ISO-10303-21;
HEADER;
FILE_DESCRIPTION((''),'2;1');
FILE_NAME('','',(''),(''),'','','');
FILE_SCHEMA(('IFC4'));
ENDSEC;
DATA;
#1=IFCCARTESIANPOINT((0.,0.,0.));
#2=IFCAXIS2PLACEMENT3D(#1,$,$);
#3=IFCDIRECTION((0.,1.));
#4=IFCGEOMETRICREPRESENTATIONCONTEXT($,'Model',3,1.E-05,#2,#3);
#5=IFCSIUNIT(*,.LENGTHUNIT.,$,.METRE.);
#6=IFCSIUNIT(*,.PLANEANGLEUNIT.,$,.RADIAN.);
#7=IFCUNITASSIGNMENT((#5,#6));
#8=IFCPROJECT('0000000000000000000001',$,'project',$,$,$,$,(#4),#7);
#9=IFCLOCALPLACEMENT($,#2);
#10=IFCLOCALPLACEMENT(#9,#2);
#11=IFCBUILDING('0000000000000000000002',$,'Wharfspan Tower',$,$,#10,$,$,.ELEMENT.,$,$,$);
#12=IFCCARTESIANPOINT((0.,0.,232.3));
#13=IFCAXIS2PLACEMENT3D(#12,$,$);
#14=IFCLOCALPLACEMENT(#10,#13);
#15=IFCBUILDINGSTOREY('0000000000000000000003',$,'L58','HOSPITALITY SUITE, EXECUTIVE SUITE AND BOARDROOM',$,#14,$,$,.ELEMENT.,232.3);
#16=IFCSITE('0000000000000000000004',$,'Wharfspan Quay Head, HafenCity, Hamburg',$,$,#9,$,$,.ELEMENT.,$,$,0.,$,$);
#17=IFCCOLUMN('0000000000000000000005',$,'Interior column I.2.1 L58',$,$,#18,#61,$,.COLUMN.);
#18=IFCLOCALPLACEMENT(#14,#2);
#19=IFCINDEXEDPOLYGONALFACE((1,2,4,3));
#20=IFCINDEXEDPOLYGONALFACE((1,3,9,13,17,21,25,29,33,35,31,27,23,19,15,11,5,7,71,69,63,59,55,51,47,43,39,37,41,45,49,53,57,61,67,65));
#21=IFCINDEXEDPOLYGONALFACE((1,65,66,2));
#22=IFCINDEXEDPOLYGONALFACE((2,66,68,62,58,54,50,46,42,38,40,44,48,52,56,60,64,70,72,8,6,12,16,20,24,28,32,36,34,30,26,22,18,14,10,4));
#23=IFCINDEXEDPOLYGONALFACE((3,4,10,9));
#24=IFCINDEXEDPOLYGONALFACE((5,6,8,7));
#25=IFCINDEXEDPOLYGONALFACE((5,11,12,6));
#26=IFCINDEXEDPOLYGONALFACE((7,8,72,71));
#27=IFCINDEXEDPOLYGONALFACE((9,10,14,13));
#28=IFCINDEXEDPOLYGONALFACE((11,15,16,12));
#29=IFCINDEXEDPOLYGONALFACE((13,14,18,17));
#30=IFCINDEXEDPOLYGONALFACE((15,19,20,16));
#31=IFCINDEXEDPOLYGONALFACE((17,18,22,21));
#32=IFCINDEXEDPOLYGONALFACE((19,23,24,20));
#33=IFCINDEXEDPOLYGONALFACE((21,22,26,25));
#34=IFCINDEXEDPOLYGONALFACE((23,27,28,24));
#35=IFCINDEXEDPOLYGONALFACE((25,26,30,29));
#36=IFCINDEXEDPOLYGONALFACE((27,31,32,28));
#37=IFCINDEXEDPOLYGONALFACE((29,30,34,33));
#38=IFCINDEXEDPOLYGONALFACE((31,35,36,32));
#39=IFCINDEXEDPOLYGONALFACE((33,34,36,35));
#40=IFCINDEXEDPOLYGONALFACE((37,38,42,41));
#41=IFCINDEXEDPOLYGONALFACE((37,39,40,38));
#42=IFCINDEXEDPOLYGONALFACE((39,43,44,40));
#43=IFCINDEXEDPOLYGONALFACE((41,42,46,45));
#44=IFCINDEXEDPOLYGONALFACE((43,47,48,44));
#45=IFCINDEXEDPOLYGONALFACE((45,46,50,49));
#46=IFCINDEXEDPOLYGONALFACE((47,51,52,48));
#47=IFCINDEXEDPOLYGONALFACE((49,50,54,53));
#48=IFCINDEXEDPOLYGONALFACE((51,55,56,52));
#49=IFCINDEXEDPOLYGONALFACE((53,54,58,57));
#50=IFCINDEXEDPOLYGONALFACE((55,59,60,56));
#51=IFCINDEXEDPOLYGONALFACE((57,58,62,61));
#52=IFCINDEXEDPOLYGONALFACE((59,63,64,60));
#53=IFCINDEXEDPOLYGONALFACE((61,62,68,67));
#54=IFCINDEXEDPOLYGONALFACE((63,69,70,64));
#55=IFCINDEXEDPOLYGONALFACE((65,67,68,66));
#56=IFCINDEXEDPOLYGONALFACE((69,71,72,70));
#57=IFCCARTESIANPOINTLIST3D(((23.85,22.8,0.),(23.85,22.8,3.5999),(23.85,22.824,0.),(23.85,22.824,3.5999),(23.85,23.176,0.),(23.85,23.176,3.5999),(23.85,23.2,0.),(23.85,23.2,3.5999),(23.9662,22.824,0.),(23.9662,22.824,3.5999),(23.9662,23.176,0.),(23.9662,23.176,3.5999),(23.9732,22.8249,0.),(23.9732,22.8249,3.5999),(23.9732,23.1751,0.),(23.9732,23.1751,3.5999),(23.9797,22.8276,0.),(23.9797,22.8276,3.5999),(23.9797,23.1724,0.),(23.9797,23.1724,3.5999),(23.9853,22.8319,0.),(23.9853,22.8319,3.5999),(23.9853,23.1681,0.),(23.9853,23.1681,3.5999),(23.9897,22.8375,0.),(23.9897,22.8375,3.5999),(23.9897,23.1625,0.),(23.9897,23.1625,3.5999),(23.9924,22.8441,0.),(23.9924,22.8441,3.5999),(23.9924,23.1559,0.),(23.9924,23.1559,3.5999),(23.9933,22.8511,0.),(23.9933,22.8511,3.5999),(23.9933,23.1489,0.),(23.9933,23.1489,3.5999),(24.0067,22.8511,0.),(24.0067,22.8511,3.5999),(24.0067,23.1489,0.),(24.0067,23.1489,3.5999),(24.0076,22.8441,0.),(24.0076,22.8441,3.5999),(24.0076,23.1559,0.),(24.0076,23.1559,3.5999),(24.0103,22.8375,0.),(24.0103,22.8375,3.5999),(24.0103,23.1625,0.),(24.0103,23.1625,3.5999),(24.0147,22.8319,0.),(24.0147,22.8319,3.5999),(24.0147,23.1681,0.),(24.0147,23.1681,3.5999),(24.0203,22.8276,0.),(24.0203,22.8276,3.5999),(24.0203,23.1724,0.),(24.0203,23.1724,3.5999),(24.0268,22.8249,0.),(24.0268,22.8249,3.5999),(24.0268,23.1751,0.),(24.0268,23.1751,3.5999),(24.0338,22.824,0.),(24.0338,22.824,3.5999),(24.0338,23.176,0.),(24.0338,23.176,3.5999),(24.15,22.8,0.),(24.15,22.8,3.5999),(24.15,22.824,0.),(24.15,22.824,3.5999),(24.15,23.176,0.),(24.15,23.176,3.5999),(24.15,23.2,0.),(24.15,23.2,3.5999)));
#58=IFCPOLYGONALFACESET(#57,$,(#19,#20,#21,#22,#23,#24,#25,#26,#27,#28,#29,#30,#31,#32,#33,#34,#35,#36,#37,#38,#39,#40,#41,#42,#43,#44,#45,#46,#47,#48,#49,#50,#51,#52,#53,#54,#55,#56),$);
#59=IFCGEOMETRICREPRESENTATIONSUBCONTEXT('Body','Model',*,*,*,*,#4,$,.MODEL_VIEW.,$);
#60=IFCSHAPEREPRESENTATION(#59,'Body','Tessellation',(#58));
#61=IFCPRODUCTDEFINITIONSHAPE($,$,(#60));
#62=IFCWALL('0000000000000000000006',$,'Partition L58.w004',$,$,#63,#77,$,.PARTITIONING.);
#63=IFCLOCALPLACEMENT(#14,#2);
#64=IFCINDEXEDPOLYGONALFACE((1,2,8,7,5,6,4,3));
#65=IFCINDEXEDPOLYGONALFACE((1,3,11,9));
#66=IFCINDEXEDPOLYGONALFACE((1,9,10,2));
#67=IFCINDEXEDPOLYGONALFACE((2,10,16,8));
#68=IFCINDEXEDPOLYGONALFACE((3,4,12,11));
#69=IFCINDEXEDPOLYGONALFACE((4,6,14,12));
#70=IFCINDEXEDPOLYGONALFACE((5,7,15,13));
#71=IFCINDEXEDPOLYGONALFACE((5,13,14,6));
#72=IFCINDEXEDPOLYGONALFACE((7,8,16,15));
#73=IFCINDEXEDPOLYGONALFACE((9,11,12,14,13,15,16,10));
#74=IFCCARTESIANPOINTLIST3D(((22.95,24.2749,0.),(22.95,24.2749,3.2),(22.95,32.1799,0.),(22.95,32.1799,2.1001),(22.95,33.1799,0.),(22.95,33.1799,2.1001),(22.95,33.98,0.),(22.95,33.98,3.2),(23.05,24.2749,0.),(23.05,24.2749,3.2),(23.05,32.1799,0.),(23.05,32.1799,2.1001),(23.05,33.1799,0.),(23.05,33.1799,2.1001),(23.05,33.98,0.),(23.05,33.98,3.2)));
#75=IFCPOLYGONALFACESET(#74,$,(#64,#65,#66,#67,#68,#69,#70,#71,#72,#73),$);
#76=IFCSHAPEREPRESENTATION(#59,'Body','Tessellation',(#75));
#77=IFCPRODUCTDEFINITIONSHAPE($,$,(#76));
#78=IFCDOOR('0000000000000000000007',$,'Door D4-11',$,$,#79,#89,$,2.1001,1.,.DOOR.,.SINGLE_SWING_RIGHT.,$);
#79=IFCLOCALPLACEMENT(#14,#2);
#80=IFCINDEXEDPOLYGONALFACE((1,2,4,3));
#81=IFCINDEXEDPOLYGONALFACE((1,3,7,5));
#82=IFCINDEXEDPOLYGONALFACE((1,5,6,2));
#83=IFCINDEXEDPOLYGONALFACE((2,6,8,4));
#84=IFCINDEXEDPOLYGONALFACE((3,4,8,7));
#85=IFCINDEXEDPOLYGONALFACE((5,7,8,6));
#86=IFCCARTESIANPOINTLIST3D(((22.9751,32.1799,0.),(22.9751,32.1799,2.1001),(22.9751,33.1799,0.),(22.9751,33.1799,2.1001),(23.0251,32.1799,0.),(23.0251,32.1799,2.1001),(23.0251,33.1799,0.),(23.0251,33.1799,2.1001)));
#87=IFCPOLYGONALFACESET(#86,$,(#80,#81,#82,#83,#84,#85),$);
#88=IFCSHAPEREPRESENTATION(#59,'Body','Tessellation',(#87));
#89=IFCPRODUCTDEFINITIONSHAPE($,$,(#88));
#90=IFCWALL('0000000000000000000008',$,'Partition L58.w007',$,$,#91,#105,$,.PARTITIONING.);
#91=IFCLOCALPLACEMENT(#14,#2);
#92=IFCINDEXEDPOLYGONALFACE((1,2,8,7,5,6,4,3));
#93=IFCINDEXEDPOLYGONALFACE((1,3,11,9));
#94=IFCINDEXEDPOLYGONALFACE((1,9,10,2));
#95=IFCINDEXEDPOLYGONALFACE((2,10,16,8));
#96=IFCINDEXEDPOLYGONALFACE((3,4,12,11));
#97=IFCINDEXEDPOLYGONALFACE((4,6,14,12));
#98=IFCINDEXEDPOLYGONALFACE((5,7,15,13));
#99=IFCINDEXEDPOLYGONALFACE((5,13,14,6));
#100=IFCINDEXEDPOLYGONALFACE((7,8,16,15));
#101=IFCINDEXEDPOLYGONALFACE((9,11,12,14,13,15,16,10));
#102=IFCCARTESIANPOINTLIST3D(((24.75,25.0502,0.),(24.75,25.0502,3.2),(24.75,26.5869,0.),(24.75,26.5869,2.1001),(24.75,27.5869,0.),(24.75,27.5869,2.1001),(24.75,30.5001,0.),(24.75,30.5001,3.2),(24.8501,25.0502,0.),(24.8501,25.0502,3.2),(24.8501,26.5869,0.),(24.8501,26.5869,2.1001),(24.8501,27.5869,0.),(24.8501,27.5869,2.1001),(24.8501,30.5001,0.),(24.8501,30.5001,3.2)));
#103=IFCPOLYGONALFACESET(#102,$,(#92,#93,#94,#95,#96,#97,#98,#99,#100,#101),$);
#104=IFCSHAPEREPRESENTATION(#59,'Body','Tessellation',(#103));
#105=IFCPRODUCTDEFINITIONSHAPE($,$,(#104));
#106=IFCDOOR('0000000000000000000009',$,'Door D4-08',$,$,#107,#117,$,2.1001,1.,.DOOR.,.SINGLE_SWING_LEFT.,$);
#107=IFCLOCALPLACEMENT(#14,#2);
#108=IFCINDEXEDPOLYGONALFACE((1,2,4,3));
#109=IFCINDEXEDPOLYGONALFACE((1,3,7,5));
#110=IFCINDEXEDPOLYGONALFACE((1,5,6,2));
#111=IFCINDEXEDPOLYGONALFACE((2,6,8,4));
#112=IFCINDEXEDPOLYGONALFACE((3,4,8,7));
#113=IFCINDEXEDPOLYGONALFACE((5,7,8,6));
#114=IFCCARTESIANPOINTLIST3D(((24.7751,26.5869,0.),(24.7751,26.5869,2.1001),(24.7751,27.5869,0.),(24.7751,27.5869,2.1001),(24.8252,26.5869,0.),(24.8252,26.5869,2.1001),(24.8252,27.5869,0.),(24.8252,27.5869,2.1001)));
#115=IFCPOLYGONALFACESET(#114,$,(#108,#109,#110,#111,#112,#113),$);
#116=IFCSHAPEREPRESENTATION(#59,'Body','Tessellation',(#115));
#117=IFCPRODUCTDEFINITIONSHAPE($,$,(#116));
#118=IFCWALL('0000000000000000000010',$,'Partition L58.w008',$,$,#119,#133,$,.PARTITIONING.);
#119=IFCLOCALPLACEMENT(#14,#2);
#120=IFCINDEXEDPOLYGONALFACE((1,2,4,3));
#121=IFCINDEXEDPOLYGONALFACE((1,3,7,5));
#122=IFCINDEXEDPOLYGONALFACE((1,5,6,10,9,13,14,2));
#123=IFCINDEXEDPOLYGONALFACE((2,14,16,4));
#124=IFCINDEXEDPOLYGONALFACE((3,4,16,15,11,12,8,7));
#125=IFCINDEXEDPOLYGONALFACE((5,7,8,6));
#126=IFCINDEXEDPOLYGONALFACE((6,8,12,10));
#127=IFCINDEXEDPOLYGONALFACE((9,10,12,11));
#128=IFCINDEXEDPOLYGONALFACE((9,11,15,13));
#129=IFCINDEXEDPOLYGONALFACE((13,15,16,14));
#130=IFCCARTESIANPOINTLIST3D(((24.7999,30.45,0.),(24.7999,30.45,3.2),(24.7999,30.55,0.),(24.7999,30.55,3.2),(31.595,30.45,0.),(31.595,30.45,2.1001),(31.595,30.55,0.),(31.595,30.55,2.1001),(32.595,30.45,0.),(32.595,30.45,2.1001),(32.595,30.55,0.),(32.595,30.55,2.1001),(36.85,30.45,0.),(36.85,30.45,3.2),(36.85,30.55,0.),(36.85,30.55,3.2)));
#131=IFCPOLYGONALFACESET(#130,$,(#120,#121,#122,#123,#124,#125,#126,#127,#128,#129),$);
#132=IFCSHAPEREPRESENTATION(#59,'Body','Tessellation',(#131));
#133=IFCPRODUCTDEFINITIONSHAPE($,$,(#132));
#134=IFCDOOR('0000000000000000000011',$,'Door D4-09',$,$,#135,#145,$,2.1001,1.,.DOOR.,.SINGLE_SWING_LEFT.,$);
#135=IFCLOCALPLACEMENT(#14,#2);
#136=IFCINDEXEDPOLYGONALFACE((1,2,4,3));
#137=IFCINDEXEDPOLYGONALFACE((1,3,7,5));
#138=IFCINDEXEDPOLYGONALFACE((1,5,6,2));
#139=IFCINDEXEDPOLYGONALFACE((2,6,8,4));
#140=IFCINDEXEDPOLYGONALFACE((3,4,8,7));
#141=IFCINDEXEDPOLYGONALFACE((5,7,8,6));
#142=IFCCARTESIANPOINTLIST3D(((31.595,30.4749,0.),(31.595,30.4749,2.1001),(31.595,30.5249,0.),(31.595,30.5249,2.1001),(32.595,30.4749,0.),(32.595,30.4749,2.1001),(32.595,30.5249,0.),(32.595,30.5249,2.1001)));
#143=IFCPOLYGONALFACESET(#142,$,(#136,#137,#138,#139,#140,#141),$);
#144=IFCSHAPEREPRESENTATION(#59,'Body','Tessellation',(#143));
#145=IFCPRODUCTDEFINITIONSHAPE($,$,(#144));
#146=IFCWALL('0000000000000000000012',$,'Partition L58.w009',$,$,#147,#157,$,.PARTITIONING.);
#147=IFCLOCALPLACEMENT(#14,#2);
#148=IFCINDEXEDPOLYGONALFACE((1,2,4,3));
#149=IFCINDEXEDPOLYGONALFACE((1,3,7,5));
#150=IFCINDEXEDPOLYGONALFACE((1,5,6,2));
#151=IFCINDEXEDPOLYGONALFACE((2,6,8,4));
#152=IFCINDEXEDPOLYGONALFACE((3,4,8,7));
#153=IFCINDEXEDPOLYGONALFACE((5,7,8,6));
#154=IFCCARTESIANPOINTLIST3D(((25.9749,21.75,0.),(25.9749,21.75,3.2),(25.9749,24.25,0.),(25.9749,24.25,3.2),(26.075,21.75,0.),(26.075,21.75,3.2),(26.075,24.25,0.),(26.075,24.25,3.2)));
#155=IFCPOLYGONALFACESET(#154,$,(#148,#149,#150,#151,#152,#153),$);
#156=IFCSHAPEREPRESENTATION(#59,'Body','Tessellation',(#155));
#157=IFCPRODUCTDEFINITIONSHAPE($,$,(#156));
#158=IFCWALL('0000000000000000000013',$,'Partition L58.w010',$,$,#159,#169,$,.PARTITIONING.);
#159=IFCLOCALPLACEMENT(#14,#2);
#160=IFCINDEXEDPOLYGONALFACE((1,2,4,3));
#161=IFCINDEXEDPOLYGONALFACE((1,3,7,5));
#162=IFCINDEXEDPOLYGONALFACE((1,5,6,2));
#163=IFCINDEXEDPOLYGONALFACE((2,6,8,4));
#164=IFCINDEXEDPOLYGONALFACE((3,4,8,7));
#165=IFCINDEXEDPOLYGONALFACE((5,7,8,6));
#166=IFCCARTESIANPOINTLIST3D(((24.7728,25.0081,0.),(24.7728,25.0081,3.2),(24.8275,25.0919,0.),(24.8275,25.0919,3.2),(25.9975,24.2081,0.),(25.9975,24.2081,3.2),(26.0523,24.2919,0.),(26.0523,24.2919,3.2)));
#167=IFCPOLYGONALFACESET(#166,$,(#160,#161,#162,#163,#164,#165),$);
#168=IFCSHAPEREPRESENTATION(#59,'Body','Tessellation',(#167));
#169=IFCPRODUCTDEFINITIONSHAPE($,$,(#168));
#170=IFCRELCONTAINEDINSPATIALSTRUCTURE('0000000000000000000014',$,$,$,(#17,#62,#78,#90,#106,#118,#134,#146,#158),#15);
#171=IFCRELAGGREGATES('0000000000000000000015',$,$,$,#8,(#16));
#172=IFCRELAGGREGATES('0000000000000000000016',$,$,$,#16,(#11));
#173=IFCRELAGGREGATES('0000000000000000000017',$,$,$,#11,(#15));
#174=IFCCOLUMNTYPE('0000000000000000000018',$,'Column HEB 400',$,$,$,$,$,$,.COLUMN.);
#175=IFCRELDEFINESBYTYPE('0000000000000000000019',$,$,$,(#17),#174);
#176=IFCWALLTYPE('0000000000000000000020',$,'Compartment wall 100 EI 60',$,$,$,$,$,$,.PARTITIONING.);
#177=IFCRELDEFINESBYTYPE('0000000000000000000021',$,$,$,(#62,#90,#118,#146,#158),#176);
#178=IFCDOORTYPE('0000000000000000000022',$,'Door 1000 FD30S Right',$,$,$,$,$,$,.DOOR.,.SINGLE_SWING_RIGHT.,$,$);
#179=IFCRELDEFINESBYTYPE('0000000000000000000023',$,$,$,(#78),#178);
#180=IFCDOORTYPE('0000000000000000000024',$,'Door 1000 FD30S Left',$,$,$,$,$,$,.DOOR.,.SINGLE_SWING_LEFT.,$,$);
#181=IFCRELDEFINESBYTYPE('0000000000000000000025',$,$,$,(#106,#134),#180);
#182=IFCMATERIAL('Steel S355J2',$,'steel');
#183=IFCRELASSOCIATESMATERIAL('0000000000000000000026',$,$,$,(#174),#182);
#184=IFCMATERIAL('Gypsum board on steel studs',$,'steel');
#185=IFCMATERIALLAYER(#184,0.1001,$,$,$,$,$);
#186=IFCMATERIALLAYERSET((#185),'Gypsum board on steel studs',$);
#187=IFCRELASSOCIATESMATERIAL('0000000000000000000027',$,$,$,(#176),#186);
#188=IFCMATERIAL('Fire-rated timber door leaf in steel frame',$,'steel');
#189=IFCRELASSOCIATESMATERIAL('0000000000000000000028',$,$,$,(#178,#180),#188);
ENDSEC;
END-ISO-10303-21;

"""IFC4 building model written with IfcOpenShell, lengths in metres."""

from ifc_helpers import new_model, si_unit, direction, frame, frame_2d, origin, origin_2d, place, context, subcontext, project, spatial, rectangle, i_section, extrude, material, layer, layer_set, material_profile, profile_set, type_object, element, fill, save


model = new_model("IFC4")

# Units and contexts
model_context = context("Model", 3, precision=1e-05, world=origin(), true_north=direction((0.0, 1.0)))
body_context = subcontext(model_context, "Body", "Model", "MODEL_VIEW")
ifc_project = project(units=[si_unit("LENGTHUNIT", "METRE"), si_unit("PLANEANGLEUNIT", "RADIAN")], contexts=[model_context])

# Site, building, storey
site_placement = place(None, origin())
site = spatial("IfcSite", under=ifc_project, at=site_placement, Name="Wharfspan Quay Head, HafenCity, Hamburg", CompositionType="ELEMENT", RefElevation=0.0)
building_placement = place(site_placement, origin())
building = spatial("IfcBuilding", under=site, at=building_placement, Name="Wharfspan Tower", CompositionType="ELEMENT")
storey_placement = place(building_placement, frame((0.0, 0.0, 232.3)))
storey = spatial("IfcBuildingStorey", under=building, at=storey_placement, Name="L58", Description="HOSPITALITY SUITE, EXECUTIVE SUITE AND BOARDROOM", CompositionType="ELEMENT", Elevation=232.3)

# Column
ifc_material_1 = material(Name="Steel S355J2", Category="steel")
ifc_material_profile = material_profile(ifc_material_1, i_section(OverallWidth=0.3, OverallDepth=0.3999, WebThickness=0.0134, FlangeThickness=0.0239, FilletRadius=0.0271, at=origin_2d()))
ifc_profile_set = profile_set([ifc_material_profile], Name="Steel S355J2")
column_type = type_object("IfcColumnType", Name="Column HEB 400", PredefinedType="COLUMN", material=ifc_profile_set)
column_placement = place(storey_placement, frame((24.0, 23.0, 0.0), z_axis=(0.0, 0.0, 1.0), x_axis=(1.0, 0.0, 0.0)))
element("IfcColumn", 1, at=column_placement, inside=storey, type_object=column_type, Name="Interior column I.2.1 L58", PredefinedType="COLUMN", context=body_context, shape_type="SweptSolid", body=[
    extrude(i_section(OverallWidth=0.3, OverallDepth=0.3999, WebThickness=0.0134, FlangeThickness=0.0239, FilletRadius=0.0271, at=origin_2d()), origin(), (0.0, 0.0, 1.0), 3.5999),
])

# Walls, openings, doors
ifc_material_2 = material(Name="Gypsum board on steel studs", Category="steel")
ifc_layer_1 = layer(ifc_material_2, 0.1001)
ifc_layer_set_1 = layer_set([ifc_layer_1], Name="Gypsum board on steel studs")
wall_type_1 = type_object("IfcWallType", Name="Compartment wall 100 EI 60", PredefinedType="PARTITIONING", material=ifc_layer_set_1)
wall_1_placement = place(storey_placement, frame((23.0, 24.2749, 0.0), z_axis=(0.0, 0.0, 1.0), x_axis=(0.0, 1.0, 0.0)))
wall_1 = element("IfcWall", 2, at=wall_1_placement, inside=storey, type_object=wall_type_1, Name="Partition L58.w004", PredefinedType="PARTITIONING", context=body_context, shape_type="SweptSolid", body=[
    extrude(rectangle(XDim=9.7051, YDim=0.1001, at=frame_2d((4.8525, 0.0))), origin(), (0.0, 0.0, 1.0), 3.2),
])
opening_1_placement = place(wall_1_placement, frame((7.905, 0.0, 0.0)))
opening_1 = element("IfcOpeningElement", 3, at=opening_1_placement, cuts=wall_1, PredefinedType="OPENING", context=body_context, shape_type="SweptSolid", body=[
    extrude(rectangle(XDim=1.0, YDim=2.1001, at=frame_2d((0.5, 1.05))), frame((0.0, 0.0601, 0.0), z_axis=(0.0, -1.0, 0.0), x_axis=(1.0, 0.0, 0.0)), (0.0, 0.0, 1.0), 0.1201),
])
ifc_material_3 = material(Name="Fire-rated timber door leaf in steel frame", Category="steel")
door_type_1 = type_object("IfcDoorType", Name="Door 1000 FD30S Right", OperationType="SINGLE_SWING_RIGHT", PredefinedType="DOOR", material=ifc_material_3)
door_1_placement = place(opening_1_placement, origin())
door_1 = element("IfcDoor", 4, at=door_1_placement, inside=storey, type_object=door_type_1, Name="Door D4-11", OperationType="SINGLE_SWING_RIGHT", OverallHeight=2.1001, OverallWidth=1.0, PredefinedType="DOOR", context=body_context, shape_type="SweptSolid", body=[
    extrude(rectangle(XDim=1.0, YDim=2.1001, at=frame_2d((0.5, 1.05))), frame((0.0, 0.0249, 0.0), z_axis=(0.0, -1.0, 0.0), x_axis=(1.0, 0.0, 0.0)), (0.0, 0.0, 1.0), 0.05),
])
fill(opening_1, door_1)
wall_2_placement = place(storey_placement, frame((24.8, 25.05, 0.0), z_axis=(0.0, 0.0, 1.0), x_axis=(0.0, 1.0, 0.0)))
wall_2 = element("IfcWall", 5, at=wall_2_placement, inside=storey, type_object=wall_type_1, Name="Partition L58.w007", PredefinedType="PARTITIONING", context=body_context, shape_type="SweptSolid", body=[
    extrude(rectangle(XDim=5.45, YDim=0.1001, at=frame_2d((2.7251, 0.0))), origin(), (0.0, 0.0, 1.0), 3.2),
])
opening_2_placement = place(wall_2_placement, frame((1.5369, 0.0, 0.0)))
opening_2 = element("IfcOpeningElement", 6, at=opening_2_placement, cuts=wall_2, PredefinedType="OPENING", context=body_context, shape_type="SweptSolid", body=[
    extrude(rectangle(XDim=1.0, YDim=2.1001, at=frame_2d((0.5, 1.05))), frame((0.0, 0.0601, 0.0), z_axis=(0.0, -1.0, 0.0), x_axis=(1.0, 0.0, 0.0)), (0.0, 0.0, 1.0), 0.1201),
])
door_type_2 = type_object("IfcDoorType", Name="Door 1000 FD30S Left", OperationType="SINGLE_SWING_LEFT", PredefinedType="DOOR", material=ifc_material_3)
door_2_placement = place(opening_2_placement, origin())
door_2 = element("IfcDoor", 7, at=door_2_placement, inside=storey, type_object=door_type_2, Name="Door D4-08", OperationType="SINGLE_SWING_LEFT", OverallHeight=2.1001, OverallWidth=1.0, PredefinedType="DOOR", context=body_context, shape_type="SweptSolid", body=[
    extrude(rectangle(XDim=1.0, YDim=2.1001, at=frame_2d((0.5, 1.05))), frame((0.0, 0.0249, 0.0), z_axis=(0.0, -1.0, 0.0), x_axis=(1.0, 0.0, 0.0)), (0.0, 0.0, 1.0), 0.05),
])
fill(opening_2, door_2)
wall_3_placement = place(storey_placement, frame((24.8, 30.5, 0.0), z_axis=(0.0, 0.0, 1.0), x_axis=(1.0, 0.0, 0.0)))
wall_3 = element("IfcWall", 8, at=wall_3_placement, inside=storey, type_object=wall_type_1, Name="Partition L58.w008", PredefinedType="PARTITIONING", context=body_context, shape_type="SweptSolid", body=[
    extrude(rectangle(XDim=12.05, YDim=0.1001, at=frame_2d((6.0249, 0.0))), origin(), (0.0, 0.0, 1.0), 3.2),
])
opening_3_placement = place(wall_3_placement, frame((6.7949, 0.0, 0.0)))
opening_3 = element("IfcOpeningElement", 9, at=opening_3_placement, cuts=wall_3, PredefinedType="OPENING", context=body_context, shape_type="SweptSolid", body=[
    extrude(rectangle(XDim=1.0, YDim=2.1001, at=frame_2d((0.5, 1.05))), frame((0.0, 0.0601, 0.0), z_axis=(0.0, -1.0, 0.0), x_axis=(1.0, 0.0, 0.0)), (0.0, 0.0, 1.0), 0.1201),
])
door_3_placement = place(opening_3_placement, origin())
door_3 = element("IfcDoor", 10, at=door_3_placement, inside=storey, type_object=door_type_2, Name="Door D4-09", OperationType="SINGLE_SWING_LEFT", OverallHeight=2.1001, OverallWidth=1.0, PredefinedType="DOOR", context=body_context, shape_type="SweptSolid", body=[
    extrude(rectangle(XDim=1.0, YDim=2.1001, at=frame_2d((0.5, 1.05))), frame((0.0, 0.0249, 0.0), z_axis=(0.0, -1.0, 0.0), x_axis=(1.0, 0.0, 0.0)), (0.0, 0.0, 1.0), 0.05),
])
fill(opening_3, door_3)

# Walls
wall_4_placement = place(storey_placement, frame((26.0249, 21.75, 0.0), z_axis=(0.0, 0.0, 1.0), x_axis=(0.0, 1.0, 0.0)))
element("IfcWall", 11, at=wall_4_placement, inside=storey, type_object=wall_type_1, Name="Partition L58.w009", PredefinedType="PARTITIONING", context=body_context, shape_type="SweptSolid", body=[
    extrude(rectangle(XDim=2.5, YDim=0.1001, at=frame_2d((1.25, 0.0))), origin(), (0.0, 0.0, 1.0), 3.2),
])
wall_5_placement = place(storey_placement, frame((26.0249, 24.25, 0.0), z_axis=(0.0, 0.0, 1.0), x_axis=(-0.837222, 0.546856, 0.0)))
element("IfcWall", 12, at=wall_5_placement, inside=storey, type_object=wall_type_1, Name="Partition L58.w010", PredefinedType="PARTITIONING", context=body_context, shape_type="SweptSolid", body=[
    extrude(rectangle(XDim=1.4629, YDim=0.1001, at=frame_2d((0.7314, 0.0))), origin(), (0.0, 0.0, 1.0), 3.2),
])

save(model, "model.ifc")
